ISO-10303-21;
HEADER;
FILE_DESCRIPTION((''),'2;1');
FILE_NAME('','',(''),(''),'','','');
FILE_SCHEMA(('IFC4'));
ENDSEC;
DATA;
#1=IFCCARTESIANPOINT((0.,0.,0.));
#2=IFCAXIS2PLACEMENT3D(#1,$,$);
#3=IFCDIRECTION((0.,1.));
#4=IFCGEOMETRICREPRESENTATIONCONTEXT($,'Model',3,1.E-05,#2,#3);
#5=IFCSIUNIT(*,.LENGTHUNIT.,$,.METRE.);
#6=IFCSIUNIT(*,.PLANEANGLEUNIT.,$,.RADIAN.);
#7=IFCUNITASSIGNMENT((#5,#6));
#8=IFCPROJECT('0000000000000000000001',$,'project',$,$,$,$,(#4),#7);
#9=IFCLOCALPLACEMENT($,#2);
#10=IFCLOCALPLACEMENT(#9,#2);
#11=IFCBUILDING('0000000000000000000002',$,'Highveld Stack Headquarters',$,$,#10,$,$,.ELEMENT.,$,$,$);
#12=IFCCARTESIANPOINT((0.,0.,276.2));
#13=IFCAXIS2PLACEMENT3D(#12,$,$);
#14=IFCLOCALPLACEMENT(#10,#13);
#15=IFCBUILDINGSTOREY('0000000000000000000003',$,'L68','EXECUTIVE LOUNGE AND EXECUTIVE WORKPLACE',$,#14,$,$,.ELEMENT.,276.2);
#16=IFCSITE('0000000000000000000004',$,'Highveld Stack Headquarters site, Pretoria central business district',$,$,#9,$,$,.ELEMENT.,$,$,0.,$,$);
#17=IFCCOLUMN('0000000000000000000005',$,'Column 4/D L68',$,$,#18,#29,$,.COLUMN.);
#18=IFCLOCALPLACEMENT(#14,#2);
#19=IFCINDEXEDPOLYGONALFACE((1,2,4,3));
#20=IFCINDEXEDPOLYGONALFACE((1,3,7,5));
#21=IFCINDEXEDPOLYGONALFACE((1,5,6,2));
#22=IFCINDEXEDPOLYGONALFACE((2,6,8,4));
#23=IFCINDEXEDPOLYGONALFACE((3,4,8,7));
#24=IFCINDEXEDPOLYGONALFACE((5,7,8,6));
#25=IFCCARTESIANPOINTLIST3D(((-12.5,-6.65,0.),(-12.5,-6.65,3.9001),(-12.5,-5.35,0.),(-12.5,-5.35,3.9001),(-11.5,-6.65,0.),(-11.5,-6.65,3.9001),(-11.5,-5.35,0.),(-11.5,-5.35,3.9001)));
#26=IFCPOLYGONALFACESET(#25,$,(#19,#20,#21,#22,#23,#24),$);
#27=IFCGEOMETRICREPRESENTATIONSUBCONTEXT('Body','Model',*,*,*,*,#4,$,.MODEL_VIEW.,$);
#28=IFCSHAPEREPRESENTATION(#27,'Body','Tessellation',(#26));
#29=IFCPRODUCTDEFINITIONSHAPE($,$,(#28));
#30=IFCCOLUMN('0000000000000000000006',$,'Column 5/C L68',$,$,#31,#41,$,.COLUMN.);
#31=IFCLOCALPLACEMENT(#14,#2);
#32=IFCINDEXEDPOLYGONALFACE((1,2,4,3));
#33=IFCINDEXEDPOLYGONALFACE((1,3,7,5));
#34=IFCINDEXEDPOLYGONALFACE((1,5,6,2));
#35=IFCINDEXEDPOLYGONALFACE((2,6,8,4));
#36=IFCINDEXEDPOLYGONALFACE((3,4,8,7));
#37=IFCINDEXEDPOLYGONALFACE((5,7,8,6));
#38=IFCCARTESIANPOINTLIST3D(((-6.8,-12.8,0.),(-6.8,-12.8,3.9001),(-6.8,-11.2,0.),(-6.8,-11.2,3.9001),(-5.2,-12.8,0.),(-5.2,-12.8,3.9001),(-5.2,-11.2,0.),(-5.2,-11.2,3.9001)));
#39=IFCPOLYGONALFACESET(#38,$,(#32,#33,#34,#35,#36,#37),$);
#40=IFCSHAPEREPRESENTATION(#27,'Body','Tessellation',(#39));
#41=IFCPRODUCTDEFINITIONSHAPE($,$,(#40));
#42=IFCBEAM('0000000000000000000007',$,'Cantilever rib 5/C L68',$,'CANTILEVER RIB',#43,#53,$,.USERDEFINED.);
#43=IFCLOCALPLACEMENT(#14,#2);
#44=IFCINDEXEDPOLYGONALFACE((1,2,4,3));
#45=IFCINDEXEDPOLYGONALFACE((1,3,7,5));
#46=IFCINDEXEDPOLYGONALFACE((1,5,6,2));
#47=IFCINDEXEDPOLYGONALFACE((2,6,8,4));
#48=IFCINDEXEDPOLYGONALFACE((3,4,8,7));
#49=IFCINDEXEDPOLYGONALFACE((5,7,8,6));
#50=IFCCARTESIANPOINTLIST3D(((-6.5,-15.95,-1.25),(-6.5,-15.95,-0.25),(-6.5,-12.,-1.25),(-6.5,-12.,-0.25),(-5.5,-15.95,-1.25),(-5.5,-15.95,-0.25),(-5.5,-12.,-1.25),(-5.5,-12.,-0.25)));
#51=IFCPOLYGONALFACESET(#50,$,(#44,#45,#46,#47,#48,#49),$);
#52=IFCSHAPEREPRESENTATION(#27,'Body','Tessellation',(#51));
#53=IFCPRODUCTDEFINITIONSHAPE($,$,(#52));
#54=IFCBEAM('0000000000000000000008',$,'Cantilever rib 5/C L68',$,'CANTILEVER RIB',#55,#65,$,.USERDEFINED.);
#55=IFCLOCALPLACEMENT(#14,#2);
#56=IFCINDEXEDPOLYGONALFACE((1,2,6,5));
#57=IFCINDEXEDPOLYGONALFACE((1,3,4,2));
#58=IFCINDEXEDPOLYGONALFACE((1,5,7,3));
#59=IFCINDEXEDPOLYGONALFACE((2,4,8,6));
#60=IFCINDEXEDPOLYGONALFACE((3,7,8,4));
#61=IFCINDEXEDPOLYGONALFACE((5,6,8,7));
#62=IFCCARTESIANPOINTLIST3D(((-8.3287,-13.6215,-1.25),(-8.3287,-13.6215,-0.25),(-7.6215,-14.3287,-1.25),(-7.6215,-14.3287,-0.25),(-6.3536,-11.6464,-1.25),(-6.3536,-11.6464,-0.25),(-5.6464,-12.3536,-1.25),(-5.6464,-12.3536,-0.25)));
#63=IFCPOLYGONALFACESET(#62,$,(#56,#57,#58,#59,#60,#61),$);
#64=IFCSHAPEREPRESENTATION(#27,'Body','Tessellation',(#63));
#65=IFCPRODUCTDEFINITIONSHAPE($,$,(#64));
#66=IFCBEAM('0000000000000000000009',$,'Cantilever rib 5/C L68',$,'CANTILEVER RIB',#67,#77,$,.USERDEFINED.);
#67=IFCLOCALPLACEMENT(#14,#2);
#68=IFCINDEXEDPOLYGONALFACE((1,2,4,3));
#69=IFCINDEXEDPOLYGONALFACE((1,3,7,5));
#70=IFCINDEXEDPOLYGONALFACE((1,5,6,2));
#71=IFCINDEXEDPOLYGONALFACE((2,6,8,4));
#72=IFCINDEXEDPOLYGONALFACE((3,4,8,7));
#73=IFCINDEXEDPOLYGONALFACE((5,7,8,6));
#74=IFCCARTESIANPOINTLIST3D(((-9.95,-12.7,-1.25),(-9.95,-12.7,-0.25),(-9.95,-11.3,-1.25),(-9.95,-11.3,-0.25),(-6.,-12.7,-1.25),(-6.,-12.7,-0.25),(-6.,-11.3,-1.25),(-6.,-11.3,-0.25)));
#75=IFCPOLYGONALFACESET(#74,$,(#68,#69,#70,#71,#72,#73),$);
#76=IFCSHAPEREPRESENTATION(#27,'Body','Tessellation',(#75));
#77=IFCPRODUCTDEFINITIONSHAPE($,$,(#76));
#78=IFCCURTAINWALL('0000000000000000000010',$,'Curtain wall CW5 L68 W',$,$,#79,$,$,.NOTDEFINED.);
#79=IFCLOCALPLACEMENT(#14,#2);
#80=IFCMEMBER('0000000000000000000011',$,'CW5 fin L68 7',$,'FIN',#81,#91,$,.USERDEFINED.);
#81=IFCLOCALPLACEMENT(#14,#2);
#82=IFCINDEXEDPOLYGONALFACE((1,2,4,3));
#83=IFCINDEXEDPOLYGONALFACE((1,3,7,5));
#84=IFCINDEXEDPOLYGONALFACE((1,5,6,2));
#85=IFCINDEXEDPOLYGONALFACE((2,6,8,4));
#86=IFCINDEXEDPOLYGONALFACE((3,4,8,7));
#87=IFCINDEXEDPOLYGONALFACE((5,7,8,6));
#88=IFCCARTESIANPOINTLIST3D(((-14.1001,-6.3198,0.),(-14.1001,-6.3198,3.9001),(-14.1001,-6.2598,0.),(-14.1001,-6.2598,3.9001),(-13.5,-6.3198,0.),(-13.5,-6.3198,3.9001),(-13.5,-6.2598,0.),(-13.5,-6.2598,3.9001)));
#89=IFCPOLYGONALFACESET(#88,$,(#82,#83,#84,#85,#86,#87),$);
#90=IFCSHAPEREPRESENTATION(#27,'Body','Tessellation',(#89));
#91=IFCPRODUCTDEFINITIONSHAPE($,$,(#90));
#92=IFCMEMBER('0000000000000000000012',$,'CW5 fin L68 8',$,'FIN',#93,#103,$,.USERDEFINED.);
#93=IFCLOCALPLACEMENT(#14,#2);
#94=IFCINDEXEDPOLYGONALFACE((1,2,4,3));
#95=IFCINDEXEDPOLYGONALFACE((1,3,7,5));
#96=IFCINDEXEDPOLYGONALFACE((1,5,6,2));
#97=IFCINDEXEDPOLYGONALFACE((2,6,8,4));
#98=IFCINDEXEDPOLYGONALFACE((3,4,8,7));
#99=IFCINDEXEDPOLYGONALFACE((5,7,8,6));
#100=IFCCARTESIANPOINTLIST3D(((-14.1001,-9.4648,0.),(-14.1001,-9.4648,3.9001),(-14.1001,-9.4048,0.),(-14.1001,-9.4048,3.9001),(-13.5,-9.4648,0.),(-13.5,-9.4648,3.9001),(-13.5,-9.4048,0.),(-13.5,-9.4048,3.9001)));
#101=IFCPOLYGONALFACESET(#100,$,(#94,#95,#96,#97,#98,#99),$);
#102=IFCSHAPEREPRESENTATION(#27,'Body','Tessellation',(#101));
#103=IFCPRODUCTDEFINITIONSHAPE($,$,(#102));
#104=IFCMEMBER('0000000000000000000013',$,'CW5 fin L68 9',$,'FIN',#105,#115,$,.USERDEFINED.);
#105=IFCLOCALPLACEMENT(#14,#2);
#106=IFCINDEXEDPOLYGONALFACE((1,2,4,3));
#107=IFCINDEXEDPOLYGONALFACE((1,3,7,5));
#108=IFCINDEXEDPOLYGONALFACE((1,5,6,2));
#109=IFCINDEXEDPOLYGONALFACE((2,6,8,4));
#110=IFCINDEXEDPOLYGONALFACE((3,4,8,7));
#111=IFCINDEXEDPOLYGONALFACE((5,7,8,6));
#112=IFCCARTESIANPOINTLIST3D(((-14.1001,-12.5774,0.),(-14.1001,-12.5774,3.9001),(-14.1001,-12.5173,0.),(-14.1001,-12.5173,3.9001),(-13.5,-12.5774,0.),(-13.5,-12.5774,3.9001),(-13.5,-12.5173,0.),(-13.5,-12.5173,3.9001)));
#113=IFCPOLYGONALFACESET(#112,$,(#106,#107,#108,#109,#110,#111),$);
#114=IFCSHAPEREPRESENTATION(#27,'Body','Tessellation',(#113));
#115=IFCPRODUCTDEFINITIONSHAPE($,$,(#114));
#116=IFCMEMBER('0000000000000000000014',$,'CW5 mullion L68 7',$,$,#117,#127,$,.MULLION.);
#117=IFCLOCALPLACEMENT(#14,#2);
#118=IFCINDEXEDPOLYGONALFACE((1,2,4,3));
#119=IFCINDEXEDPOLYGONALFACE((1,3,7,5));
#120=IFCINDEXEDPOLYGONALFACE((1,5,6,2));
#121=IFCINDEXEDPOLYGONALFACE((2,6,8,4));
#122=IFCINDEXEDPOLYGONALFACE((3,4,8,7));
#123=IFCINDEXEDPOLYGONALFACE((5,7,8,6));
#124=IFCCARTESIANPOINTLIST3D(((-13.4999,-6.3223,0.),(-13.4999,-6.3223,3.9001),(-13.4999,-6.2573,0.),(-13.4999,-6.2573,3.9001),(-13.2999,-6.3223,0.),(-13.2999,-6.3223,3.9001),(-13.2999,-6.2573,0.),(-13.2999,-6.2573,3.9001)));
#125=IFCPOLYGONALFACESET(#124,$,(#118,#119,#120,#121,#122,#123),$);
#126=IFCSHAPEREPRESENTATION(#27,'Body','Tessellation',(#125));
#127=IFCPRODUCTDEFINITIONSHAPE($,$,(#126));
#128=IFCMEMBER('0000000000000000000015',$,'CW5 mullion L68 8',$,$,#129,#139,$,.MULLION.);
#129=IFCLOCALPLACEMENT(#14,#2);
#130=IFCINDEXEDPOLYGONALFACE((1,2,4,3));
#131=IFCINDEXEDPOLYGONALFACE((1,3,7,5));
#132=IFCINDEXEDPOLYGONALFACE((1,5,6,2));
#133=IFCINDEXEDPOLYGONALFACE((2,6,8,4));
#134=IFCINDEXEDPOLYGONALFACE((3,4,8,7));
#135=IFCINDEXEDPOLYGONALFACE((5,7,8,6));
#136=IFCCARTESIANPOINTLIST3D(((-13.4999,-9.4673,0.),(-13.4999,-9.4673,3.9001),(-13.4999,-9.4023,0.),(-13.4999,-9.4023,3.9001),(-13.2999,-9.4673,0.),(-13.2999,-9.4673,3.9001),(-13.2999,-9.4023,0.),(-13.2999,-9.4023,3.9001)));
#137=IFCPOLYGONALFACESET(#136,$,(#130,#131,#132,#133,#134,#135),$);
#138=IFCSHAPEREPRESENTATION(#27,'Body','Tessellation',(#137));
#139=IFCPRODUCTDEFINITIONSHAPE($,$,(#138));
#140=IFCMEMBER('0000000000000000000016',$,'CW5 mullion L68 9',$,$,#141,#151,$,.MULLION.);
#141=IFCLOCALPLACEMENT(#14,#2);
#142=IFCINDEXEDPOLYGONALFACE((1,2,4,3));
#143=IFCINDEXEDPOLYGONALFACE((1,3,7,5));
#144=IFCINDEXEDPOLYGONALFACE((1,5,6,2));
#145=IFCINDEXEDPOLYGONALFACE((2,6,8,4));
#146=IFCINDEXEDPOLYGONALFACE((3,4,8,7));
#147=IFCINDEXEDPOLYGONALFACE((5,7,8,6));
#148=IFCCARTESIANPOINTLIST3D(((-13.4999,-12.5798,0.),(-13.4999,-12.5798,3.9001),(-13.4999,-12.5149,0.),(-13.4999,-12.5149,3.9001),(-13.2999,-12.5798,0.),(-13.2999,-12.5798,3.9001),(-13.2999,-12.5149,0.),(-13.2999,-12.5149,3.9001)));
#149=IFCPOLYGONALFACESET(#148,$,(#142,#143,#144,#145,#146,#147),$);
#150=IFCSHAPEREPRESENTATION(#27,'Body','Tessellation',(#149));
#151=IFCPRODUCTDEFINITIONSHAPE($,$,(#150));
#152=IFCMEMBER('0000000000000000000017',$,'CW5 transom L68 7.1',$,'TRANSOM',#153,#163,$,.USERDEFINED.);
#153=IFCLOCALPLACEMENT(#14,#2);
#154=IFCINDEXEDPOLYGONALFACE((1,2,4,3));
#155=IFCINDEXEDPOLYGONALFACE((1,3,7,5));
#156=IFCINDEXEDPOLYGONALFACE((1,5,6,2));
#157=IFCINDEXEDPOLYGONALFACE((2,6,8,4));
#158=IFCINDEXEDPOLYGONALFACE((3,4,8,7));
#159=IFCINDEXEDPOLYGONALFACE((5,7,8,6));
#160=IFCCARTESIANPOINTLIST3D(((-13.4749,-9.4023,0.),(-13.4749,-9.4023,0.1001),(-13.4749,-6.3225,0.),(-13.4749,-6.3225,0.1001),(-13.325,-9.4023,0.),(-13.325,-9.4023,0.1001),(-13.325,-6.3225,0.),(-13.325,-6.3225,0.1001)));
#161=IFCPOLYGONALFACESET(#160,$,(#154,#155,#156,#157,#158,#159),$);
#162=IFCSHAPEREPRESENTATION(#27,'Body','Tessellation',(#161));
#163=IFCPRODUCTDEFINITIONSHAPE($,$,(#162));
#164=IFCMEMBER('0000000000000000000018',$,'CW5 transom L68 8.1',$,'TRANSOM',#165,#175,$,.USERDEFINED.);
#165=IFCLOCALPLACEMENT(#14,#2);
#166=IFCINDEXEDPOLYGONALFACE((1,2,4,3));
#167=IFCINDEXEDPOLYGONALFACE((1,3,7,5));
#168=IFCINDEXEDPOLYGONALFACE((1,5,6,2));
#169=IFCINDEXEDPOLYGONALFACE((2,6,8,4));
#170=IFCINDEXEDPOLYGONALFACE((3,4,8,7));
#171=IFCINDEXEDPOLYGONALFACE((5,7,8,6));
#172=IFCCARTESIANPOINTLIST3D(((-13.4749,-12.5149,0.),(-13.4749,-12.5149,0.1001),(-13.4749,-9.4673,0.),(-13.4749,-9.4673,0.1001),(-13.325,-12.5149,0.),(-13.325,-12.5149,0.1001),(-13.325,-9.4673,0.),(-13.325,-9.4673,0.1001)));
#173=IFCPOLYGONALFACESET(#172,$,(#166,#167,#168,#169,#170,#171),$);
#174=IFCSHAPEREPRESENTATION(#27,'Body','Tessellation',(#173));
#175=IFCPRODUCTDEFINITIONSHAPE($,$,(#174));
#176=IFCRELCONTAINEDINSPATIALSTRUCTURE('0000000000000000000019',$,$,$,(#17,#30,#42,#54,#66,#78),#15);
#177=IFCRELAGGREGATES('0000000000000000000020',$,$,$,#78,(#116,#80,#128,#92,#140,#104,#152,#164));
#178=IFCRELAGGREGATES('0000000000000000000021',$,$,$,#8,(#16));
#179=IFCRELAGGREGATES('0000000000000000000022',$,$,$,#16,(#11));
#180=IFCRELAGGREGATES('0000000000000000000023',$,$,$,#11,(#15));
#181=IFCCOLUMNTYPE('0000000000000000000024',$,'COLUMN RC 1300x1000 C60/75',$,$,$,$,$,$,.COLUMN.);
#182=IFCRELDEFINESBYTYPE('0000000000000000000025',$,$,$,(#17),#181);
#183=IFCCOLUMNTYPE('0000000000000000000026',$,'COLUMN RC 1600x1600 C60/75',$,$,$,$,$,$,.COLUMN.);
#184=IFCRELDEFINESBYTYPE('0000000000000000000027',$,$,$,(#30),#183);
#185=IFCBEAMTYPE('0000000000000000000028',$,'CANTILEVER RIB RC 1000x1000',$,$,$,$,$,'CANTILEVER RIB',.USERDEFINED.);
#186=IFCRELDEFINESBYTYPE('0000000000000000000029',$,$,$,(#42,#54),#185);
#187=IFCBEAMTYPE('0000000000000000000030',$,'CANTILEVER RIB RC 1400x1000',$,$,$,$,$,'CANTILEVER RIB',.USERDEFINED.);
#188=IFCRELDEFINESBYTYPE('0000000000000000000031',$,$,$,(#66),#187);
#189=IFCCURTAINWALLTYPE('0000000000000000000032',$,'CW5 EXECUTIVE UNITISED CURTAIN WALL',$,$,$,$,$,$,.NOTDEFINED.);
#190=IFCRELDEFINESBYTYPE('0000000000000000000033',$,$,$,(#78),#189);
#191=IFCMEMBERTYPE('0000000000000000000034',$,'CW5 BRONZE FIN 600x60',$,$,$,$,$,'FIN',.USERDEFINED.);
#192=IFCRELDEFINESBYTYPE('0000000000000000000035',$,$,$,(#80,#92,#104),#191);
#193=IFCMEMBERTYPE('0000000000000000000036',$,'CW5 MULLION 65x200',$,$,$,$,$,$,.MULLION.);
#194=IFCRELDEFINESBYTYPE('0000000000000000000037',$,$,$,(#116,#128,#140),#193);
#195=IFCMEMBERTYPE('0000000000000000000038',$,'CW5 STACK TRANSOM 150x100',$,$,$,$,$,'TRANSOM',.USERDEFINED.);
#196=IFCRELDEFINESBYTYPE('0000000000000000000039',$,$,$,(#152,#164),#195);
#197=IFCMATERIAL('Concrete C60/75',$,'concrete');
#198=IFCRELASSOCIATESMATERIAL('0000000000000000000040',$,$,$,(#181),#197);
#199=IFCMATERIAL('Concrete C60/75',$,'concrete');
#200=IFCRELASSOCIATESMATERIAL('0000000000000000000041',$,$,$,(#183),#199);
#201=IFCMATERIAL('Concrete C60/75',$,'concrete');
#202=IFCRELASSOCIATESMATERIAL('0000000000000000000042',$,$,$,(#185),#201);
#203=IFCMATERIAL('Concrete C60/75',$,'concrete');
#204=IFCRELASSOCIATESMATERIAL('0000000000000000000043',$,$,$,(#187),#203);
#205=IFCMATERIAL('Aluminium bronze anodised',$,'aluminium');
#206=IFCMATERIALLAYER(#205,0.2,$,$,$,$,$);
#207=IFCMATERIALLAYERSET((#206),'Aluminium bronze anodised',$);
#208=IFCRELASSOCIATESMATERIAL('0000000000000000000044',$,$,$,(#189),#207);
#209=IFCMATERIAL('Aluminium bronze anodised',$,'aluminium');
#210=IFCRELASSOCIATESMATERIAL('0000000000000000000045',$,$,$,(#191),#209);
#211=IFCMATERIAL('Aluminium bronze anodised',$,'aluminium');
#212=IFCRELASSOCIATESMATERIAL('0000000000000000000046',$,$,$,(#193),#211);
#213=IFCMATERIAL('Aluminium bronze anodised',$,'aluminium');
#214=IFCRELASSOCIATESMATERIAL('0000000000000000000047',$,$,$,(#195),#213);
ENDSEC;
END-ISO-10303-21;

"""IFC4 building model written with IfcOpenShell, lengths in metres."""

from ifc_helpers import new_model, si_unit, direction, frame, origin, origin_2d, place, context, subcontext, project, spatial, rectangle, extrude, material, layer, layer_set, material_profile, profile_set, type_object, element, aggregate, save


model = new_model("IFC4")

# Units and contexts
model_context = context("Model", 3, precision=1e-05, world=origin(), true_north=direction((0.0, 1.0)))
body_context = subcontext(model_context, "Body", "Model", "MODEL_VIEW")
ifc_project = project(units=[si_unit("LENGTHUNIT", "METRE"), si_unit("PLANEANGLEUNIT", "RADIAN")], contexts=[model_context])

# Site, building, storey
site_placement = place(None, origin())
site = spatial("IfcSite", under=ifc_project, at=site_placement, Name="Highveld Stack Headquarters site, Pretoria central business district", CompositionType="ELEMENT", RefElevation=0.0)
building_placement = place(site_placement, origin())
building = spatial("IfcBuilding", under=site, at=building_placement, Name="Highveld Stack Headquarters", CompositionType="ELEMENT")
storey_placement = place(building_placement, frame((0.0, 0.0, 276.2)))
storey = spatial("IfcBuildingStorey", under=building, at=storey_placement, Name="L68", Description="EXECUTIVE LOUNGE AND EXECUTIVE WORKPLACE", CompositionType="ELEMENT", Elevation=276.2)

# Columns
ifc_material_1 = material(Name="Concrete C60/75", Category="concrete")
ifc_material_profile_1 = material_profile(ifc_material_1, rectangle(XDim=1.3, YDim=1.0, at=origin_2d()), Name="RC 1300x1000")
ifc_profile_set_1 = profile_set([ifc_material_profile_1], Name="Concrete C60/75")
column_type_1 = type_object("IfcColumnType", Name="COLUMN RC 1300x1000 C60/75", PredefinedType="COLUMN", material=ifc_profile_set_1)
column_1_placement = place(storey_placement, frame((-12.0, -6.0, 0.0), z_axis=(0.0, 0.0, 1.0), x_axis=(0.0, 1.0, 0.0)))
element("IfcColumn", 1, at=column_1_placement, inside=storey, type_object=column_type_1, Name="Column 4/D L68", PredefinedType="COLUMN", context=body_context, shape_type="SweptSolid", body=[
    extrude(rectangle(XDim=1.3, YDim=1.0, at=origin_2d()), origin(), (0.0, 0.0, 1.0), 3.9001),
])
ifc_material_2 = material(Name="Concrete C60/75", Category="concrete")
ifc_material_profile_2 = material_profile(ifc_material_2, rectangle(XDim=1.6001, YDim=1.6001, at=origin_2d()), Name="RC 1600x1600")
ifc_profile_set_2 = profile_set([ifc_material_profile_2], Name="Concrete C60/75")
column_type_2 = type_object("IfcColumnType", Name="COLUMN RC 1600x1600 C60/75", PredefinedType="COLUMN", material=ifc_profile_set_2)
column_2_placement = place(storey_placement, frame((-6.0, -12.0, 0.0), z_axis=(0.0, 0.0, 1.0), x_axis=(1.0, 0.0, 0.0)))
element("IfcColumn", 2, at=column_2_placement, inside=storey, type_object=column_type_2, Name="Column 5/C L68", PredefinedType="COLUMN", context=body_context, shape_type="SweptSolid", body=[
    extrude(rectangle(XDim=1.6001, YDim=1.6001, at=origin_2d()), origin(), (0.0, 0.0, 1.0), 3.9001),
])

# Beams
ifc_material_3 = material(Name="Concrete C60/75", Category="concrete")
ifc_material_profile_3 = material_profile(ifc_material_3, rectangle(XDim=1.0, YDim=1.0, at=origin_2d()), Name="RC 1000x1000")
ifc_profile_set_3 = profile_set([ifc_material_profile_3], Name="Concrete C60/75")
beam_type_1 = type_object("IfcBeamType", Name="CANTILEVER RIB RC 1000x1000", ElementType="CANTILEVER RIB", PredefinedType="USERDEFINED", material=ifc_profile_set_3)
beam_1_placement = place(storey_placement, frame((-6.0, -12.0, -0.75), z_axis=(0.0, -1.0, 0.0), x_axis=(1.0, 0.0, 0.0)))
element("IfcBeam", 3, at=beam_1_placement, inside=storey, type_object=beam_type_1, Name="Cantilever rib 5/C L68", ObjectType="CANTILEVER RIB", PredefinedType="USERDEFINED", context=body_context, shape_type="SweptSolid", body=[
    extrude(rectangle(XDim=1.0, YDim=1.0, at=origin_2d()), origin(), (0.0, 0.0, 1.0), 3.95),
])
beam_2_placement = place(storey_placement, frame((-6.0, -12.0, -0.75), z_axis=(-0.707107, -0.707107, 0.0), x_axis=(0.707107, -0.707107, 0.0)))
element("IfcBeam", 4, at=beam_2_placement, inside=storey, type_object=beam_type_1, Name="Cantilever rib 5/C L68", ObjectType="CANTILEVER RIB", PredefinedType="USERDEFINED", context=body_context, shape_type="SweptSolid", body=[
    extrude(rectangle(XDim=1.0, YDim=1.0, at=origin_2d()), origin(), (0.0, 0.0, 1.0), 2.7932),
])
ifc_material_4 = material(Name="Concrete C60/75", Category="concrete")
ifc_material_profile_4 = material_profile(ifc_material_4, rectangle(XDim=1.3999, YDim=1.0, at=origin_2d()), Name="RC 1400x1000")
ifc_profile_set_4 = profile_set([ifc_material_profile_4], Name="Concrete C60/75")
beam_type_2 = type_object("IfcBeamType", Name="CANTILEVER RIB RC 1400x1000", ElementType="CANTILEVER RIB", PredefinedType="USERDEFINED", material=ifc_profile_set_4)
beam_3_placement = place(storey_placement, frame((-6.0, -12.0, -0.75), z_axis=(-1.0, 0.0, 0.0), x_axis=(0.0, -1.0, 0.0)))
element("IfcBeam", 5, at=beam_3_placement, inside=storey, type_object=beam_type_2, Name="Cantilever rib 5/C L68", ObjectType="CANTILEVER RIB", PredefinedType="USERDEFINED", context=body_context, shape_type="SweptSolid", body=[
    extrude(rectangle(XDim=1.3999, YDim=1.0, at=origin_2d()), origin(), (0.0, 0.0, 1.0), 3.95),
])

# Curtain wall, members
ifc_material_5 = material(Name="Aluminium bronze anodised", Category="aluminium")
ifc_layer_1 = layer(ifc_material_5, 0.2)
ifc_layer_set_1 = layer_set([ifc_layer_1], Name="Aluminium bronze anodised")
curtain_wall_type = type_object("IfcCurtainWallType", Name="CW5 EXECUTIVE UNITISED CURTAIN WALL", PredefinedType="NOTDEFINED", material=ifc_layer_set_1)
curtain_wall_placement = place(storey_placement, origin())
curtain_wall = element("IfcCurtainWall", 6, at=curtain_wall_placement, inside=storey, type_object=curtain_wall_type, Name="Curtain wall CW5 L68 W", PredefinedType="NOTDEFINED")
ifc_material_6 = material(Name="Aluminium bronze anodised", Category="aluminium")
ifc_material_profile_5 = material_profile(ifc_material_6, rectangle(XDim=0.6001, YDim=0.0601, at=origin_2d()), Name="FIN 600x60")
ifc_profile_set_5 = profile_set([ifc_material_profile_5], Name="Aluminium bronze anodised")
member_type_1 = type_object("IfcMemberType", Name="CW5 BRONZE FIN 600x60", ElementType="FIN", PredefinedType="USERDEFINED", material=ifc_profile_set_5)
member_1_placement = place(storey_placement, frame((-13.8, -6.2898, 0.0), z_axis=(0.0, 0.0, 1.0), x_axis=(1.0, 0.0, 0.0)))
member_1 = element("IfcMember", 7, at=member_1_placement, type_object=member_type_1, Name="CW5 fin L68 7", ObjectType="FIN", PredefinedType="USERDEFINED", context=body_context, shape_type="SweptSolid", body=[
    extrude(rectangle(XDim=0.6001, YDim=0.0601, at=origin_2d()), origin(), (0.0, 0.0, 1.0), 3.9001),
])
member_2_placement = place(storey_placement, frame((-13.8, -9.4348, 0.0), z_axis=(0.0, 0.0, 1.0), x_axis=(1.0, 0.0, 0.0)))
member_2 = element("IfcMember", 8, at=member_2_placement, type_object=member_type_1, Name="CW5 fin L68 8", ObjectType="FIN", PredefinedType="USERDEFINED", context=body_context, shape_type="SweptSolid", body=[
    extrude(rectangle(XDim=0.6001, YDim=0.0601, at=origin_2d()), origin(), (0.0, 0.0, 1.0), 3.9001),
])
member_3_placement = place(storey_placement, frame((-13.8, -12.5474, 0.0), z_axis=(0.0, 0.0, 1.0), x_axis=(1.0, 0.0, 0.0)))
member_3 = element("IfcMember", 9, at=member_3_placement, type_object=member_type_1, Name="CW5 fin L68 9", ObjectType="FIN", PredefinedType="USERDEFINED", context=body_context, shape_type="SweptSolid", body=[
    extrude(rectangle(XDim=0.6001, YDim=0.0601, at=origin_2d()), origin(), (0.0, 0.0, 1.0), 3.9001),
])
ifc_material_7 = material(Name="Aluminium bronze anodised", Category="aluminium")
ifc_material_profile_6 = material_profile(ifc_material_7, rectangle(XDim=0.2, YDim=0.0649, at=origin_2d()), Name="CW5 MULLION 65x200")
ifc_profile_set_6 = profile_set([ifc_material_profile_6], Name="Aluminium bronze anodised")
member_type_2 = type_object("IfcMemberType", Name="CW5 MULLION 65x200", PredefinedType="MULLION", material=ifc_profile_set_6)
member_4_placement = place(storey_placement, frame((-13.3999, -6.2898, 0.0), z_axis=(0.0, 0.0, 1.0), x_axis=(1.0, 0.0, 0.0)))
member_4 = element("IfcMember", 10, at=member_4_placement, type_object=member_type_2, Name="CW5 mullion L68 7", PredefinedType="MULLION", context=body_context, shape_type="SweptSolid", body=[
    extrude(rectangle(XDim=0.2, YDim=0.0649, at=origin_2d()), origin(), (0.0, 0.0, 1.0), 3.9001),
])
member_5_placement = place(storey_placement, frame((-13.3999, -9.4348, 0.0), z_axis=(0.0, 0.0, 1.0), x_axis=(1.0, 0.0, 0.0)))
member_5 = element("IfcMember", 11, at=member_5_placement, type_object=member_type_2, Name="CW5 mullion L68 8", PredefinedType="MULLION", context=body_context, shape_type="SweptSolid", body=[
    extrude(rectangle(XDim=0.2, YDim=0.0649, at=origin_2d()), origin(), (0.0, 0.0, 1.0), 3.9001),
])
member_6_placement = place(storey_placement, frame((-13.3999, -12.5474, 0.0), z_axis=(0.0, 0.0, 1.0), x_axis=(1.0, 0.0, 0.0)))
member_6 = element("IfcMember", 12, at=member_6_placement, type_object=member_type_2, Name="CW5 mullion L68 9", PredefinedType="MULLION", context=body_context, shape_type="SweptSolid", body=[
    extrude(rectangle(XDim=0.2, YDim=0.0649, at=origin_2d()), origin(), (0.0, 0.0, 1.0), 3.9001),
])
ifc_material_8 = material(Name="Aluminium bronze anodised", Category="aluminium")
ifc_material_profile_7 = material_profile(ifc_material_8, rectangle(XDim=0.1499, YDim=0.1001, at=origin_2d()), Name="CW5 TRANSOM 150x100")
ifc_profile_set_7 = profile_set([ifc_material_profile_7], Name="Aluminium bronze anodised")
member_type_3 = type_object("IfcMemberType", Name="CW5 STACK TRANSOM 150x100", ElementType="TRANSOM", PredefinedType="USERDEFINED", material=ifc_profile_set_7)
member_7_placement = place(storey_placement, frame((-13.3999, -6.3225, 0.05), z_axis=(0.0, -1.0, 0.0), x_axis=(1.0, 0.0, 0.0)))
member_7 = element("IfcMember", 13, at=member_7_placement, type_object=member_type_3, Name="CW5 transom L68 7.1", ObjectType="TRANSOM", PredefinedType="USERDEFINED", context=body_context, shape_type="SweptSolid", body=[
    extrude(rectangle(XDim=0.1499, YDim=0.1001, at=origin_2d()), origin(), (0.0, 0.0, 1.0), 3.0798),
])
member_8_placement = place(storey_placement, frame((-13.3999, -9.4673, 0.05), z_axis=(0.0, -1.0, 0.0), x_axis=(1.0, 0.0, 0.0)))
member_8 = element("IfcMember", 14, at=member_8_placement, type_object=member_type_3, Name="CW5 transom L68 8.1", ObjectType="TRANSOM", PredefinedType="USERDEFINED", context=body_context, shape_type="SweptSolid", body=[
    extrude(rectangle(XDim=0.1499, YDim=0.1001, at=origin_2d()), origin(), (0.0, 0.0, 1.0), 3.0476),
])

aggregate(curtain_wall, [member_4, member_1, member_5, member_2, member_6, member_3, member_7, member_8])

save(model, "model.ifc")
